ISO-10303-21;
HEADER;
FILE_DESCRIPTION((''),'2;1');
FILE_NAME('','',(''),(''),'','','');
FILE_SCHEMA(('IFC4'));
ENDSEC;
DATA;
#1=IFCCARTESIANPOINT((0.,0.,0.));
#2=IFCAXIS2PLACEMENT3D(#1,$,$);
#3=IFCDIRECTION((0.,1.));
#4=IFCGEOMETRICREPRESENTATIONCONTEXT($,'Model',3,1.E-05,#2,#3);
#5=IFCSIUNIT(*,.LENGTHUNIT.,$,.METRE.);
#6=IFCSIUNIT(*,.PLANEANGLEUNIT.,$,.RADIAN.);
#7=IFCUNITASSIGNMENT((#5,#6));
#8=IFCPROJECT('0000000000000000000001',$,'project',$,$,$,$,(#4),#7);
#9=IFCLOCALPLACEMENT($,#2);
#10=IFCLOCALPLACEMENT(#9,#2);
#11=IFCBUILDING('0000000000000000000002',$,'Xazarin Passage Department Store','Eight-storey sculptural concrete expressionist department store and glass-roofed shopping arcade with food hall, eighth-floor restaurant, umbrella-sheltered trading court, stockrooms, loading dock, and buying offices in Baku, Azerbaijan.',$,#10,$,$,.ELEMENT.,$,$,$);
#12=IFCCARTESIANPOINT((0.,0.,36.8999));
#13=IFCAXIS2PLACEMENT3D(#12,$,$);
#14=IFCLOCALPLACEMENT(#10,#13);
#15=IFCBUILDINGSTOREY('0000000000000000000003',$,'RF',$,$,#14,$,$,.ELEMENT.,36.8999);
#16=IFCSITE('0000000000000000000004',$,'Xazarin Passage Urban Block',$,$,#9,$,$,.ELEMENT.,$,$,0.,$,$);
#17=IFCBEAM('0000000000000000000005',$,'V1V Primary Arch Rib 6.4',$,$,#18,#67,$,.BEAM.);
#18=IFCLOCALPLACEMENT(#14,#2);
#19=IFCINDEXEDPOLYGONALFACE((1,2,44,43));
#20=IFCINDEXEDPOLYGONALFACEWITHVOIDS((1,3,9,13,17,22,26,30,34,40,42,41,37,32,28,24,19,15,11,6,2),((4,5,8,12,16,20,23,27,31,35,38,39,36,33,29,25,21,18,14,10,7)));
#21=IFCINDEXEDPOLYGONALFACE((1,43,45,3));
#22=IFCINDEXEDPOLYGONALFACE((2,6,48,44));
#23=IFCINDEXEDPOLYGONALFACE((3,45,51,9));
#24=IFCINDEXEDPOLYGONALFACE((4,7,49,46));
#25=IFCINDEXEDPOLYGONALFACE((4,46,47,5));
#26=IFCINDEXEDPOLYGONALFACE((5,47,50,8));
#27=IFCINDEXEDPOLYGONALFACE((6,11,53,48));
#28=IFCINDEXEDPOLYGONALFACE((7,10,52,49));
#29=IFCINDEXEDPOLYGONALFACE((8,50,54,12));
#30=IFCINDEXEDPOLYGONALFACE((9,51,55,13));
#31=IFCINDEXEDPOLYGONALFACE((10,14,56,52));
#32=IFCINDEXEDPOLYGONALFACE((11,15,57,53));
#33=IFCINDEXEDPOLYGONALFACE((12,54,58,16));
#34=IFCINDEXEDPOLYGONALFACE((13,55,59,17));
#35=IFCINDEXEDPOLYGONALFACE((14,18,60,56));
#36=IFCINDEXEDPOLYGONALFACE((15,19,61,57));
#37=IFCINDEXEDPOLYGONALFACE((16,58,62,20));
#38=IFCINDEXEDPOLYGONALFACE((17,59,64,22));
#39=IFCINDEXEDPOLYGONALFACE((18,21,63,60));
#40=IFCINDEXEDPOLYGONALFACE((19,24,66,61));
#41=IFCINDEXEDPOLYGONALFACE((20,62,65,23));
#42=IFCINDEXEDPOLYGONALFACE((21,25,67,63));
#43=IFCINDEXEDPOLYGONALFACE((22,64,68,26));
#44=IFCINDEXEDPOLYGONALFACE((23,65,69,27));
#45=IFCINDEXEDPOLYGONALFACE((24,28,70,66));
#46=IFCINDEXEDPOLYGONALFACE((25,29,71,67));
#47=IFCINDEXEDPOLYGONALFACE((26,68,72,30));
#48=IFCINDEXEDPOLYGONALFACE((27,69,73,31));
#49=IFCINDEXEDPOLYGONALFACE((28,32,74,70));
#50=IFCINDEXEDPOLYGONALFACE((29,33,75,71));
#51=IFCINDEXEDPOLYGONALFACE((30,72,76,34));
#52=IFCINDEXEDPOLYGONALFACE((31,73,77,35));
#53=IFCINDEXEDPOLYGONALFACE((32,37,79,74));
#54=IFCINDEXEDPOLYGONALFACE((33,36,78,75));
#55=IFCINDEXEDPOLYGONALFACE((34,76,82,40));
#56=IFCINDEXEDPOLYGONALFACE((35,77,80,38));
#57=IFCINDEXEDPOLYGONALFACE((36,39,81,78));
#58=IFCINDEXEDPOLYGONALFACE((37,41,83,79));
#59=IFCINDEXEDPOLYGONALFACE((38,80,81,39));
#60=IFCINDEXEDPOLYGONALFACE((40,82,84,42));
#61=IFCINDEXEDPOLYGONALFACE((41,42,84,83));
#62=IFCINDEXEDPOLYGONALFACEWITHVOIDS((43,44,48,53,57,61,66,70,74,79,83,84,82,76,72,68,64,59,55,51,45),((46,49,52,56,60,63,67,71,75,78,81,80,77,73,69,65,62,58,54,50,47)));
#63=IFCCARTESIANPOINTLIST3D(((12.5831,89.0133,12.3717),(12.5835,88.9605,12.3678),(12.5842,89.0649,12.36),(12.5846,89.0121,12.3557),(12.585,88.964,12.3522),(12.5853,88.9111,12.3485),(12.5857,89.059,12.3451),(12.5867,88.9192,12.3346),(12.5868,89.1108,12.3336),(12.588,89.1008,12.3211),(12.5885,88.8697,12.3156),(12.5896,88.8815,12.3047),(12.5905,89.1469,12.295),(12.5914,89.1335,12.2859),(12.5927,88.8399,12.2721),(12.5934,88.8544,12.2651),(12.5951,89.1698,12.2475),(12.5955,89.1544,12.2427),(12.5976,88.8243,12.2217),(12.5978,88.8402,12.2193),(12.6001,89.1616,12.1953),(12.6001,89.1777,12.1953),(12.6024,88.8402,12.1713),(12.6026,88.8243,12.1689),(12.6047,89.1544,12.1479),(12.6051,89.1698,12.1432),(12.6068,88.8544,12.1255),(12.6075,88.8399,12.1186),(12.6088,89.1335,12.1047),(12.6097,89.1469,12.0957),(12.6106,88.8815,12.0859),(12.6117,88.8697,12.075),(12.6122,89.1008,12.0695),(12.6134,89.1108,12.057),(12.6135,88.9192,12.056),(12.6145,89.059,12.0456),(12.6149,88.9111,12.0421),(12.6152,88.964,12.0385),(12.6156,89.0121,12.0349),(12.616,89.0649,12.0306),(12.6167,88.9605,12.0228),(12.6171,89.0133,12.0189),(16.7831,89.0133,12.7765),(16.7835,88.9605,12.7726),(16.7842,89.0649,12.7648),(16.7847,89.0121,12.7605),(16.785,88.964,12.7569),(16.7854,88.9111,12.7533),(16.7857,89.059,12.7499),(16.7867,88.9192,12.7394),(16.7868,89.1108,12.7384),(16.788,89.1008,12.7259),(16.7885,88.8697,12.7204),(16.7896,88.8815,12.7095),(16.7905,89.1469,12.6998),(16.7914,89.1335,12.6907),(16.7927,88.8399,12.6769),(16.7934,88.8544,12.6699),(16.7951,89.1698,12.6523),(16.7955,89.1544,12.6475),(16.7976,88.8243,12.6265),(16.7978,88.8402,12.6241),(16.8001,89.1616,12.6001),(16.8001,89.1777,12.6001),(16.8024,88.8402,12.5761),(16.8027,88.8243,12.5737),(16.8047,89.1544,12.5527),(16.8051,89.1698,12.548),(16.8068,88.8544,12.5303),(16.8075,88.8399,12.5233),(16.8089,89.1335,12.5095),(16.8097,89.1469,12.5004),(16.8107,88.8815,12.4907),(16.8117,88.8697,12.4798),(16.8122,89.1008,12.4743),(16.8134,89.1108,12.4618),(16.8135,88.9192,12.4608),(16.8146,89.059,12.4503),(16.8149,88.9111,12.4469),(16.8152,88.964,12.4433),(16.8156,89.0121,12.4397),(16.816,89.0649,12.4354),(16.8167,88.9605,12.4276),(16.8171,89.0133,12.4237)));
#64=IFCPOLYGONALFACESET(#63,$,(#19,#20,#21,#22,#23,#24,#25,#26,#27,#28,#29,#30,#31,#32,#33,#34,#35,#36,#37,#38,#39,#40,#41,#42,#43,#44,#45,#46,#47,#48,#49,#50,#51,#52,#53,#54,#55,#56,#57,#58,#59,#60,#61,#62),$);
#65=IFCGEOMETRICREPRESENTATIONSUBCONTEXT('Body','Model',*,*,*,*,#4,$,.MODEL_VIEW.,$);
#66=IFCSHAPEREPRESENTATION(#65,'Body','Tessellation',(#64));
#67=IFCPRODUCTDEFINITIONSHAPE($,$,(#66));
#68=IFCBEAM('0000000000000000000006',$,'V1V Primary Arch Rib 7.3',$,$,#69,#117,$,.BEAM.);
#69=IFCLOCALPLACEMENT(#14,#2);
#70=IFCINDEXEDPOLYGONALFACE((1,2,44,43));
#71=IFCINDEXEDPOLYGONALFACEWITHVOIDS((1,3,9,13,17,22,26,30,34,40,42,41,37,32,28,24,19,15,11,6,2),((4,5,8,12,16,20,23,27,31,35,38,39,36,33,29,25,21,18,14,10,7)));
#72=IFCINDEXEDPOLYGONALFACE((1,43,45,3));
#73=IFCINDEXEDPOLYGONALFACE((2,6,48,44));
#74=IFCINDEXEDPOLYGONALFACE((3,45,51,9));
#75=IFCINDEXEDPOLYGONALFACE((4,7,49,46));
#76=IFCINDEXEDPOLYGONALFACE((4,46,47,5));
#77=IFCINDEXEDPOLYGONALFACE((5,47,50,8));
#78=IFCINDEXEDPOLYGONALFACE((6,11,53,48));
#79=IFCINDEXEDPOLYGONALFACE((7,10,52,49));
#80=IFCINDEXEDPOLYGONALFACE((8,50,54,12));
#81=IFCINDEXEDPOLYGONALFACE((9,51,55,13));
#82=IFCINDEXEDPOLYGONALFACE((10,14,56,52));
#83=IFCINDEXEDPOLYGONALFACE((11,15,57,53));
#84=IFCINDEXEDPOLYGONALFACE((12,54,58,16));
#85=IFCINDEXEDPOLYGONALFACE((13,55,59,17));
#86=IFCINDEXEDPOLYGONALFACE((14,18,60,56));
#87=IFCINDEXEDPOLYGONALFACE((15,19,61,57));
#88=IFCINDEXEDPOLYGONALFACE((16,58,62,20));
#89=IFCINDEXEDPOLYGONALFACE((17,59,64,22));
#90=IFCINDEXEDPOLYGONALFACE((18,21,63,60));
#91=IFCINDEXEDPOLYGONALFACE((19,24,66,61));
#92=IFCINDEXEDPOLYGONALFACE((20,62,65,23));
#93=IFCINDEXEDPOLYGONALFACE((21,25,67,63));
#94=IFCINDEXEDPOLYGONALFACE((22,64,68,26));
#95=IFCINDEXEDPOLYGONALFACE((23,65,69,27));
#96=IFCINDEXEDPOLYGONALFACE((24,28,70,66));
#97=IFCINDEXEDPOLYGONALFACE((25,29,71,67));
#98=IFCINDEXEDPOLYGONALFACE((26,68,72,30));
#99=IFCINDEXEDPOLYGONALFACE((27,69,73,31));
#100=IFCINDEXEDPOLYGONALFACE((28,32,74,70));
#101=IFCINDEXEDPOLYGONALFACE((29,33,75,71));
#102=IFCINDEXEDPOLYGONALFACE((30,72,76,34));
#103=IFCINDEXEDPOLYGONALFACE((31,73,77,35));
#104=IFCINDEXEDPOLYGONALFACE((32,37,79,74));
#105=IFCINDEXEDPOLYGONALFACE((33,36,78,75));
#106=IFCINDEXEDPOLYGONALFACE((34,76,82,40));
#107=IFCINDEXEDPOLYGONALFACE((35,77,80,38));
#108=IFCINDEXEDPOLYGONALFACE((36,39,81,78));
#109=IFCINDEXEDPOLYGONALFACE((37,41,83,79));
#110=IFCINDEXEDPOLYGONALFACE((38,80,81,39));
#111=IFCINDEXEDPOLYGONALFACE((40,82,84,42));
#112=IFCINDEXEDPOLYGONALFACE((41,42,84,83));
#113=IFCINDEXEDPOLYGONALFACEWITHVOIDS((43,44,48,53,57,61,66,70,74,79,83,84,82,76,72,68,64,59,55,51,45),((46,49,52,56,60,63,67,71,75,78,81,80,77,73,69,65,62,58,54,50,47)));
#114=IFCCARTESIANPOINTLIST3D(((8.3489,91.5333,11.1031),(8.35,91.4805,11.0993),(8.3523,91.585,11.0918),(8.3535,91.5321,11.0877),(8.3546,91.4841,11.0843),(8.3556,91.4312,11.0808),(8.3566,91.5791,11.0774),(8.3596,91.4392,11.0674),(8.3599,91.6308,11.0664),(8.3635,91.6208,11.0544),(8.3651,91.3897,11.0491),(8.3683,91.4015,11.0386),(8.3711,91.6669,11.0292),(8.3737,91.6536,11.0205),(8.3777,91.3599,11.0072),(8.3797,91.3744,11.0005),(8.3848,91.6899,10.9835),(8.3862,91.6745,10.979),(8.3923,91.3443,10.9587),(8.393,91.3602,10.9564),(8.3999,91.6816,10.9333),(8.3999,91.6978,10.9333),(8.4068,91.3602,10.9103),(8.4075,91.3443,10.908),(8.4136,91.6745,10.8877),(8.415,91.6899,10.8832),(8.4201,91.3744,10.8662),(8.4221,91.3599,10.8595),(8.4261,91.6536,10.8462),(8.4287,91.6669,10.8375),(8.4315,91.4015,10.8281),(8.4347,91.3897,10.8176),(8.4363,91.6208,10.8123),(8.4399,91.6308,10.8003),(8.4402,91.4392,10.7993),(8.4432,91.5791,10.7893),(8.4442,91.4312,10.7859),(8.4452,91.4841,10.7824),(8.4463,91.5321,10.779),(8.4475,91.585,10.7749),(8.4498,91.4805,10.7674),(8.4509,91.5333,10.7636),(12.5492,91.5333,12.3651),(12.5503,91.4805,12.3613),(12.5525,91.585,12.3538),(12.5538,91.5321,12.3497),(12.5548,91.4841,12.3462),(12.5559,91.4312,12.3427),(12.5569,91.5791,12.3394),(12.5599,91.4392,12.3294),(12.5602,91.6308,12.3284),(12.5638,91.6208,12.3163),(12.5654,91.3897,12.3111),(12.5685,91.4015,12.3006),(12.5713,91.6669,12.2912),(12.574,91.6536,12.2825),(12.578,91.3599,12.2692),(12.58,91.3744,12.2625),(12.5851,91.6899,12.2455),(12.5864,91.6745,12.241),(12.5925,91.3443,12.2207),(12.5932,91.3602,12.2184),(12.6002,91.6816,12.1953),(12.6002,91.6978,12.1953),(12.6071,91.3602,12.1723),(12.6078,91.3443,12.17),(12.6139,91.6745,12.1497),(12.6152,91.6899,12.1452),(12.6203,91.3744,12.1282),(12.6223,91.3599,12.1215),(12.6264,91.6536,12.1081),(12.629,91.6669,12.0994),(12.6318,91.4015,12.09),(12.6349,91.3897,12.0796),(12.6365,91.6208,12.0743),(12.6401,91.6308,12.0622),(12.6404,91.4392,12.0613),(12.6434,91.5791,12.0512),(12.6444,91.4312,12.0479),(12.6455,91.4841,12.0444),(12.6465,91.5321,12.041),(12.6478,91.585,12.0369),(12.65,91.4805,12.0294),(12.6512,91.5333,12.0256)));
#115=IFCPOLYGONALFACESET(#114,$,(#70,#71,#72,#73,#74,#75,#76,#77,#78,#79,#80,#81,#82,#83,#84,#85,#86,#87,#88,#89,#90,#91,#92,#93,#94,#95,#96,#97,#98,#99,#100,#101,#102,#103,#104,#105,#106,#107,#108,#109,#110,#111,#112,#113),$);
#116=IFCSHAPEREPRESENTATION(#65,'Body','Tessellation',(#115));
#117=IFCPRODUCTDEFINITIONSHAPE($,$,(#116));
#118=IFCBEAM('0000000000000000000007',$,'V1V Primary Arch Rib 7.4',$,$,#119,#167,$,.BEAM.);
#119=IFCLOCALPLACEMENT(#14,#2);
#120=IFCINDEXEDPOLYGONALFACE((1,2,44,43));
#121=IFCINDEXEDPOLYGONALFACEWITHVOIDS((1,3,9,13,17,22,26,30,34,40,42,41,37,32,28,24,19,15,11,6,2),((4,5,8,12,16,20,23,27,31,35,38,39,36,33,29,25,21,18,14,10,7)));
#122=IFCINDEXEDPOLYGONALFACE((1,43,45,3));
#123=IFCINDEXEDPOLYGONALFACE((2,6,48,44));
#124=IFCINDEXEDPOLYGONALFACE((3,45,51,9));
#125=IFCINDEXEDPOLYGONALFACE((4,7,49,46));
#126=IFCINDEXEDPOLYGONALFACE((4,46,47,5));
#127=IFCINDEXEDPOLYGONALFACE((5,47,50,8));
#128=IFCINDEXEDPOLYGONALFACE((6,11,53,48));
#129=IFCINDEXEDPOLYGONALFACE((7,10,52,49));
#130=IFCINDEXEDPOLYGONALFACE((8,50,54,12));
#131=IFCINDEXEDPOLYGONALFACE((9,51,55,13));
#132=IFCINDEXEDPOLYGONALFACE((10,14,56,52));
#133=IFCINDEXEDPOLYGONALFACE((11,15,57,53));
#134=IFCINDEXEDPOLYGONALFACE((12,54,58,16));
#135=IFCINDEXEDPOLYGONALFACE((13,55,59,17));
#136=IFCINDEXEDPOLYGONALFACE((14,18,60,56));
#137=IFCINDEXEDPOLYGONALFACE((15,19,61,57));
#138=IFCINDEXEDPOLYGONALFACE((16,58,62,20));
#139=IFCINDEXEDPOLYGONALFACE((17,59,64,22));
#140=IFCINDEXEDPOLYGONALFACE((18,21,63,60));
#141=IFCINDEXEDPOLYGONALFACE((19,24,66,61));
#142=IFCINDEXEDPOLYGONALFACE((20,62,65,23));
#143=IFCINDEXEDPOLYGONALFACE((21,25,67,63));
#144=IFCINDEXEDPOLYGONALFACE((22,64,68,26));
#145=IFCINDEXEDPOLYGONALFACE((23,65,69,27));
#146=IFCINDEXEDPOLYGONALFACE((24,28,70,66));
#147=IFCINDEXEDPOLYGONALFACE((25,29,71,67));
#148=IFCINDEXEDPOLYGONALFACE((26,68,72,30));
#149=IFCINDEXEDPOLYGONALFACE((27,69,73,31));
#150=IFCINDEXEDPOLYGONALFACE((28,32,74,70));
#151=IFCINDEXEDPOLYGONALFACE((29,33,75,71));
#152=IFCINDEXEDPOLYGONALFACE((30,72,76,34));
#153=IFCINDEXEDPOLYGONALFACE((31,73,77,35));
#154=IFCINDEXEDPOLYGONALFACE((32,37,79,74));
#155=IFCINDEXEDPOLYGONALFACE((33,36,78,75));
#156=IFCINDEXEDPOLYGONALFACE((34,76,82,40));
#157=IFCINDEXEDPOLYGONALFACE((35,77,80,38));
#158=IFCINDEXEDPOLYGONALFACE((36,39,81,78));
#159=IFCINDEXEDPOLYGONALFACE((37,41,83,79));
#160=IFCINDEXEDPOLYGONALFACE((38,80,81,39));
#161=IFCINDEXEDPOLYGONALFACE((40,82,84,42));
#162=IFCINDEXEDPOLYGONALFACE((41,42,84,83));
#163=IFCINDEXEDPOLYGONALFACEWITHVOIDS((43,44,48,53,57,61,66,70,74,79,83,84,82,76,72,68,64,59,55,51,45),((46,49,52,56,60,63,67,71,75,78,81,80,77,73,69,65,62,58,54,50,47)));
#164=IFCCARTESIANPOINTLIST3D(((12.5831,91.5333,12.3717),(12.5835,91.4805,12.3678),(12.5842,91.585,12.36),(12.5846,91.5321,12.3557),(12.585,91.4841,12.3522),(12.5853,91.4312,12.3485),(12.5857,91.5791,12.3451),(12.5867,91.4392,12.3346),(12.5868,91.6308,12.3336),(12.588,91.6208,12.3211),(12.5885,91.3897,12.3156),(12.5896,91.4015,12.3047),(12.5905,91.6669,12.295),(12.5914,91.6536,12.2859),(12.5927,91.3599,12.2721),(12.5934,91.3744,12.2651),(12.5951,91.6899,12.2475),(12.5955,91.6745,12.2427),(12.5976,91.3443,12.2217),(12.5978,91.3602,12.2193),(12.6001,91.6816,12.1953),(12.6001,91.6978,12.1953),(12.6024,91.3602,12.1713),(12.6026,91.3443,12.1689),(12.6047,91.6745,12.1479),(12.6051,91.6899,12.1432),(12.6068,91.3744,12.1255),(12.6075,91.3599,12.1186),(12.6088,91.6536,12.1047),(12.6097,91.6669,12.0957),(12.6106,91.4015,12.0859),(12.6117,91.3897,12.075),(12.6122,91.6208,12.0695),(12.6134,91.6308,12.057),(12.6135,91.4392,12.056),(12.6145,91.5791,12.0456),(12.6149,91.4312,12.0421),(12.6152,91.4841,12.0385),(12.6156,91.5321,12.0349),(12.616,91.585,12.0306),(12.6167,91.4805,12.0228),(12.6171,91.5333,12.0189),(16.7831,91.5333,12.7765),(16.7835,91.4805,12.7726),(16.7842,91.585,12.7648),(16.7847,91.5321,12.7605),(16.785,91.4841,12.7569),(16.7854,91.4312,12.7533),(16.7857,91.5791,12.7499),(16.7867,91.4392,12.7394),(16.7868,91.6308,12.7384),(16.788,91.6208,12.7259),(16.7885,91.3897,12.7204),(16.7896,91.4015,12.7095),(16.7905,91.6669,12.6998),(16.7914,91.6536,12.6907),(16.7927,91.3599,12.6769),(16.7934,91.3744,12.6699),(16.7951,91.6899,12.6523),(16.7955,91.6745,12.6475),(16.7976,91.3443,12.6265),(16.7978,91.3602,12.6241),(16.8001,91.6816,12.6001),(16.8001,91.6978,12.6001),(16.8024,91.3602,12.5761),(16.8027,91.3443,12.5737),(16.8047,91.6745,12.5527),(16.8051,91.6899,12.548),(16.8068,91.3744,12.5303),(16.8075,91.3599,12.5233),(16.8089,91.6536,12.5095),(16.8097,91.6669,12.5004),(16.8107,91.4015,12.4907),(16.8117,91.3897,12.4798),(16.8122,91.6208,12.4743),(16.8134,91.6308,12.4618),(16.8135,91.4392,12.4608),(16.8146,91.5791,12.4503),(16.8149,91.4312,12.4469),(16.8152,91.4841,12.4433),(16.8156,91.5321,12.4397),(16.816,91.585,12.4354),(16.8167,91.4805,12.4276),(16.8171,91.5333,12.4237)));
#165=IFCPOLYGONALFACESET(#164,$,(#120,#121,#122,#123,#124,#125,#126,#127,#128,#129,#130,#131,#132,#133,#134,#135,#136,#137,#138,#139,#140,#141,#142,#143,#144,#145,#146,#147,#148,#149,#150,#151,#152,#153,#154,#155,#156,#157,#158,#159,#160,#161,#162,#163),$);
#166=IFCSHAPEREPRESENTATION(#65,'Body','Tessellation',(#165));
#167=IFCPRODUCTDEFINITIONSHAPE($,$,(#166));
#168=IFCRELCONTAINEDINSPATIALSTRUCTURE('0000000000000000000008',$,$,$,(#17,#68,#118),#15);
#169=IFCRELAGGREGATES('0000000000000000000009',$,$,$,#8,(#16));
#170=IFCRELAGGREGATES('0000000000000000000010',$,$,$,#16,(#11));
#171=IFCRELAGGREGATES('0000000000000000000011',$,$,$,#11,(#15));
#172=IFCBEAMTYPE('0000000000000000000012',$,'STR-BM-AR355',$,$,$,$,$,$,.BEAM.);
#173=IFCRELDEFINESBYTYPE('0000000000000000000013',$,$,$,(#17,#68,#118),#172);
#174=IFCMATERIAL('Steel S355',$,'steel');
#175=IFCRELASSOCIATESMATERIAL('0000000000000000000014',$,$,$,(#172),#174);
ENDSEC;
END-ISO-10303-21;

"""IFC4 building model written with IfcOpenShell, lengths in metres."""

from ifc_helpers import new_model, si_unit, direction, frame, origin, origin_2d, place, context, subcontext, project, spatial, hollow_circle, extrude, material, material_profile, profile_set, type_object, element, save


model = new_model("IFC4")

# Units and contexts
model_context = context("Model", 3, precision=1e-05, world=origin(), true_north=direction((0.0, 1.0)))
body_context = subcontext(model_context, "Body", "Model", "MODEL_VIEW")
ifc_project = project(units=[si_unit("LENGTHUNIT", "METRE"), si_unit("PLANEANGLEUNIT", "RADIAN")], contexts=[model_context])

# Site, building, storey
site_placement = place(None, origin())
site = spatial("IfcSite", under=ifc_project, at=site_placement, Name="Xazarin Passage Urban Block", CompositionType="ELEMENT", RefElevation=0.0)
building_placement = place(site_placement, origin())
building = spatial("IfcBuilding", under=site, at=building_placement, Name="Xazarin Passage Department Store", Description="Eight-storey sculptural concrete expressionist department store and glass-roofed shopping arcade with food hall, eighth-floor restaurant, umbrella-sheltered trading court, stockrooms, loading dock, and buying offices in Baku, Azerbaijan.", CompositionType="ELEMENT")
storey_placement = place(building_placement, frame((0.0, 0.0, 36.8999)))
storey = spatial("IfcBuildingStorey", under=building, at=storey_placement, Name="RF", CompositionType="ELEMENT", Elevation=36.8999)

# Beams
ifc_material_1 = material(Name="Steel S355", Category="steel")
ifc_material_profile_1 = material_profile(ifc_material_1, hollow_circle(Radius=0.1777, WallThickness=0.0161, at=origin_2d()), Name="CHS 355.6x16")
ifc_profile_set_1 = profile_set([ifc_material_profile_1], Name="Steel S355")
beam_type_1 = type_object("IfcBeamType", Name="STR-BM-AR355", PredefinedType="BEAM", material=ifc_profile_set_1)
beam_1_placement = place(storey_placement, frame((12.6001, 89.0, 12.1953), z_axis=(0.995388, 0.0, 0.095934), x_axis=(0.0, 1.0, 0.0)))
element("IfcBeam", 1, at=beam_1_placement, inside=storey, type_object=beam_type_1, Name="V1V Primary Arch Rib 6.4", PredefinedType="BEAM", context=body_context, shape_type="SweptSolid", body=[
    extrude(hollow_circle(Radius=0.1777, WallThickness=0.0161, at=origin_2d()), origin(), (0.0, 0.0, 1.0), 4.2195),
])
beam_2_placement = place(storey_placement, frame((8.3999, 91.52, 10.9333), z_axis=(0.957707, 0.0, 0.287746), x_axis=(0.0, 1.0, 0.0)))
element("IfcBeam", 2, at=beam_2_placement, inside=storey, type_object=beam_type_1, Name="V1V Primary Arch Rib 7.3", PredefinedType="BEAM", context=body_context, shape_type="SweptSolid", body=[
    extrude(hollow_circle(Radius=0.1777, WallThickness=0.0161, at=origin_2d()), origin(), (0.0, 0.0, 1.0), 4.3857),
])
beam_3_placement = place(storey_placement, frame((12.6001, 91.52, 12.1953), z_axis=(0.995388, 0.0, 0.095934), x_axis=(0.0, 1.0, 0.0)))
element("IfcBeam", 3, at=beam_3_placement, inside=storey, type_object=beam_type_1, Name="V1V Primary Arch Rib 7.4", PredefinedType="BEAM", context=body_context, shape_type="SweptSolid", body=[
    extrude(hollow_circle(Radius=0.1777, WallThickness=0.0161, at=origin_2d()), origin(), (0.0, 0.0, 1.0), 4.2195),
])

save(model, "model.ifc")
